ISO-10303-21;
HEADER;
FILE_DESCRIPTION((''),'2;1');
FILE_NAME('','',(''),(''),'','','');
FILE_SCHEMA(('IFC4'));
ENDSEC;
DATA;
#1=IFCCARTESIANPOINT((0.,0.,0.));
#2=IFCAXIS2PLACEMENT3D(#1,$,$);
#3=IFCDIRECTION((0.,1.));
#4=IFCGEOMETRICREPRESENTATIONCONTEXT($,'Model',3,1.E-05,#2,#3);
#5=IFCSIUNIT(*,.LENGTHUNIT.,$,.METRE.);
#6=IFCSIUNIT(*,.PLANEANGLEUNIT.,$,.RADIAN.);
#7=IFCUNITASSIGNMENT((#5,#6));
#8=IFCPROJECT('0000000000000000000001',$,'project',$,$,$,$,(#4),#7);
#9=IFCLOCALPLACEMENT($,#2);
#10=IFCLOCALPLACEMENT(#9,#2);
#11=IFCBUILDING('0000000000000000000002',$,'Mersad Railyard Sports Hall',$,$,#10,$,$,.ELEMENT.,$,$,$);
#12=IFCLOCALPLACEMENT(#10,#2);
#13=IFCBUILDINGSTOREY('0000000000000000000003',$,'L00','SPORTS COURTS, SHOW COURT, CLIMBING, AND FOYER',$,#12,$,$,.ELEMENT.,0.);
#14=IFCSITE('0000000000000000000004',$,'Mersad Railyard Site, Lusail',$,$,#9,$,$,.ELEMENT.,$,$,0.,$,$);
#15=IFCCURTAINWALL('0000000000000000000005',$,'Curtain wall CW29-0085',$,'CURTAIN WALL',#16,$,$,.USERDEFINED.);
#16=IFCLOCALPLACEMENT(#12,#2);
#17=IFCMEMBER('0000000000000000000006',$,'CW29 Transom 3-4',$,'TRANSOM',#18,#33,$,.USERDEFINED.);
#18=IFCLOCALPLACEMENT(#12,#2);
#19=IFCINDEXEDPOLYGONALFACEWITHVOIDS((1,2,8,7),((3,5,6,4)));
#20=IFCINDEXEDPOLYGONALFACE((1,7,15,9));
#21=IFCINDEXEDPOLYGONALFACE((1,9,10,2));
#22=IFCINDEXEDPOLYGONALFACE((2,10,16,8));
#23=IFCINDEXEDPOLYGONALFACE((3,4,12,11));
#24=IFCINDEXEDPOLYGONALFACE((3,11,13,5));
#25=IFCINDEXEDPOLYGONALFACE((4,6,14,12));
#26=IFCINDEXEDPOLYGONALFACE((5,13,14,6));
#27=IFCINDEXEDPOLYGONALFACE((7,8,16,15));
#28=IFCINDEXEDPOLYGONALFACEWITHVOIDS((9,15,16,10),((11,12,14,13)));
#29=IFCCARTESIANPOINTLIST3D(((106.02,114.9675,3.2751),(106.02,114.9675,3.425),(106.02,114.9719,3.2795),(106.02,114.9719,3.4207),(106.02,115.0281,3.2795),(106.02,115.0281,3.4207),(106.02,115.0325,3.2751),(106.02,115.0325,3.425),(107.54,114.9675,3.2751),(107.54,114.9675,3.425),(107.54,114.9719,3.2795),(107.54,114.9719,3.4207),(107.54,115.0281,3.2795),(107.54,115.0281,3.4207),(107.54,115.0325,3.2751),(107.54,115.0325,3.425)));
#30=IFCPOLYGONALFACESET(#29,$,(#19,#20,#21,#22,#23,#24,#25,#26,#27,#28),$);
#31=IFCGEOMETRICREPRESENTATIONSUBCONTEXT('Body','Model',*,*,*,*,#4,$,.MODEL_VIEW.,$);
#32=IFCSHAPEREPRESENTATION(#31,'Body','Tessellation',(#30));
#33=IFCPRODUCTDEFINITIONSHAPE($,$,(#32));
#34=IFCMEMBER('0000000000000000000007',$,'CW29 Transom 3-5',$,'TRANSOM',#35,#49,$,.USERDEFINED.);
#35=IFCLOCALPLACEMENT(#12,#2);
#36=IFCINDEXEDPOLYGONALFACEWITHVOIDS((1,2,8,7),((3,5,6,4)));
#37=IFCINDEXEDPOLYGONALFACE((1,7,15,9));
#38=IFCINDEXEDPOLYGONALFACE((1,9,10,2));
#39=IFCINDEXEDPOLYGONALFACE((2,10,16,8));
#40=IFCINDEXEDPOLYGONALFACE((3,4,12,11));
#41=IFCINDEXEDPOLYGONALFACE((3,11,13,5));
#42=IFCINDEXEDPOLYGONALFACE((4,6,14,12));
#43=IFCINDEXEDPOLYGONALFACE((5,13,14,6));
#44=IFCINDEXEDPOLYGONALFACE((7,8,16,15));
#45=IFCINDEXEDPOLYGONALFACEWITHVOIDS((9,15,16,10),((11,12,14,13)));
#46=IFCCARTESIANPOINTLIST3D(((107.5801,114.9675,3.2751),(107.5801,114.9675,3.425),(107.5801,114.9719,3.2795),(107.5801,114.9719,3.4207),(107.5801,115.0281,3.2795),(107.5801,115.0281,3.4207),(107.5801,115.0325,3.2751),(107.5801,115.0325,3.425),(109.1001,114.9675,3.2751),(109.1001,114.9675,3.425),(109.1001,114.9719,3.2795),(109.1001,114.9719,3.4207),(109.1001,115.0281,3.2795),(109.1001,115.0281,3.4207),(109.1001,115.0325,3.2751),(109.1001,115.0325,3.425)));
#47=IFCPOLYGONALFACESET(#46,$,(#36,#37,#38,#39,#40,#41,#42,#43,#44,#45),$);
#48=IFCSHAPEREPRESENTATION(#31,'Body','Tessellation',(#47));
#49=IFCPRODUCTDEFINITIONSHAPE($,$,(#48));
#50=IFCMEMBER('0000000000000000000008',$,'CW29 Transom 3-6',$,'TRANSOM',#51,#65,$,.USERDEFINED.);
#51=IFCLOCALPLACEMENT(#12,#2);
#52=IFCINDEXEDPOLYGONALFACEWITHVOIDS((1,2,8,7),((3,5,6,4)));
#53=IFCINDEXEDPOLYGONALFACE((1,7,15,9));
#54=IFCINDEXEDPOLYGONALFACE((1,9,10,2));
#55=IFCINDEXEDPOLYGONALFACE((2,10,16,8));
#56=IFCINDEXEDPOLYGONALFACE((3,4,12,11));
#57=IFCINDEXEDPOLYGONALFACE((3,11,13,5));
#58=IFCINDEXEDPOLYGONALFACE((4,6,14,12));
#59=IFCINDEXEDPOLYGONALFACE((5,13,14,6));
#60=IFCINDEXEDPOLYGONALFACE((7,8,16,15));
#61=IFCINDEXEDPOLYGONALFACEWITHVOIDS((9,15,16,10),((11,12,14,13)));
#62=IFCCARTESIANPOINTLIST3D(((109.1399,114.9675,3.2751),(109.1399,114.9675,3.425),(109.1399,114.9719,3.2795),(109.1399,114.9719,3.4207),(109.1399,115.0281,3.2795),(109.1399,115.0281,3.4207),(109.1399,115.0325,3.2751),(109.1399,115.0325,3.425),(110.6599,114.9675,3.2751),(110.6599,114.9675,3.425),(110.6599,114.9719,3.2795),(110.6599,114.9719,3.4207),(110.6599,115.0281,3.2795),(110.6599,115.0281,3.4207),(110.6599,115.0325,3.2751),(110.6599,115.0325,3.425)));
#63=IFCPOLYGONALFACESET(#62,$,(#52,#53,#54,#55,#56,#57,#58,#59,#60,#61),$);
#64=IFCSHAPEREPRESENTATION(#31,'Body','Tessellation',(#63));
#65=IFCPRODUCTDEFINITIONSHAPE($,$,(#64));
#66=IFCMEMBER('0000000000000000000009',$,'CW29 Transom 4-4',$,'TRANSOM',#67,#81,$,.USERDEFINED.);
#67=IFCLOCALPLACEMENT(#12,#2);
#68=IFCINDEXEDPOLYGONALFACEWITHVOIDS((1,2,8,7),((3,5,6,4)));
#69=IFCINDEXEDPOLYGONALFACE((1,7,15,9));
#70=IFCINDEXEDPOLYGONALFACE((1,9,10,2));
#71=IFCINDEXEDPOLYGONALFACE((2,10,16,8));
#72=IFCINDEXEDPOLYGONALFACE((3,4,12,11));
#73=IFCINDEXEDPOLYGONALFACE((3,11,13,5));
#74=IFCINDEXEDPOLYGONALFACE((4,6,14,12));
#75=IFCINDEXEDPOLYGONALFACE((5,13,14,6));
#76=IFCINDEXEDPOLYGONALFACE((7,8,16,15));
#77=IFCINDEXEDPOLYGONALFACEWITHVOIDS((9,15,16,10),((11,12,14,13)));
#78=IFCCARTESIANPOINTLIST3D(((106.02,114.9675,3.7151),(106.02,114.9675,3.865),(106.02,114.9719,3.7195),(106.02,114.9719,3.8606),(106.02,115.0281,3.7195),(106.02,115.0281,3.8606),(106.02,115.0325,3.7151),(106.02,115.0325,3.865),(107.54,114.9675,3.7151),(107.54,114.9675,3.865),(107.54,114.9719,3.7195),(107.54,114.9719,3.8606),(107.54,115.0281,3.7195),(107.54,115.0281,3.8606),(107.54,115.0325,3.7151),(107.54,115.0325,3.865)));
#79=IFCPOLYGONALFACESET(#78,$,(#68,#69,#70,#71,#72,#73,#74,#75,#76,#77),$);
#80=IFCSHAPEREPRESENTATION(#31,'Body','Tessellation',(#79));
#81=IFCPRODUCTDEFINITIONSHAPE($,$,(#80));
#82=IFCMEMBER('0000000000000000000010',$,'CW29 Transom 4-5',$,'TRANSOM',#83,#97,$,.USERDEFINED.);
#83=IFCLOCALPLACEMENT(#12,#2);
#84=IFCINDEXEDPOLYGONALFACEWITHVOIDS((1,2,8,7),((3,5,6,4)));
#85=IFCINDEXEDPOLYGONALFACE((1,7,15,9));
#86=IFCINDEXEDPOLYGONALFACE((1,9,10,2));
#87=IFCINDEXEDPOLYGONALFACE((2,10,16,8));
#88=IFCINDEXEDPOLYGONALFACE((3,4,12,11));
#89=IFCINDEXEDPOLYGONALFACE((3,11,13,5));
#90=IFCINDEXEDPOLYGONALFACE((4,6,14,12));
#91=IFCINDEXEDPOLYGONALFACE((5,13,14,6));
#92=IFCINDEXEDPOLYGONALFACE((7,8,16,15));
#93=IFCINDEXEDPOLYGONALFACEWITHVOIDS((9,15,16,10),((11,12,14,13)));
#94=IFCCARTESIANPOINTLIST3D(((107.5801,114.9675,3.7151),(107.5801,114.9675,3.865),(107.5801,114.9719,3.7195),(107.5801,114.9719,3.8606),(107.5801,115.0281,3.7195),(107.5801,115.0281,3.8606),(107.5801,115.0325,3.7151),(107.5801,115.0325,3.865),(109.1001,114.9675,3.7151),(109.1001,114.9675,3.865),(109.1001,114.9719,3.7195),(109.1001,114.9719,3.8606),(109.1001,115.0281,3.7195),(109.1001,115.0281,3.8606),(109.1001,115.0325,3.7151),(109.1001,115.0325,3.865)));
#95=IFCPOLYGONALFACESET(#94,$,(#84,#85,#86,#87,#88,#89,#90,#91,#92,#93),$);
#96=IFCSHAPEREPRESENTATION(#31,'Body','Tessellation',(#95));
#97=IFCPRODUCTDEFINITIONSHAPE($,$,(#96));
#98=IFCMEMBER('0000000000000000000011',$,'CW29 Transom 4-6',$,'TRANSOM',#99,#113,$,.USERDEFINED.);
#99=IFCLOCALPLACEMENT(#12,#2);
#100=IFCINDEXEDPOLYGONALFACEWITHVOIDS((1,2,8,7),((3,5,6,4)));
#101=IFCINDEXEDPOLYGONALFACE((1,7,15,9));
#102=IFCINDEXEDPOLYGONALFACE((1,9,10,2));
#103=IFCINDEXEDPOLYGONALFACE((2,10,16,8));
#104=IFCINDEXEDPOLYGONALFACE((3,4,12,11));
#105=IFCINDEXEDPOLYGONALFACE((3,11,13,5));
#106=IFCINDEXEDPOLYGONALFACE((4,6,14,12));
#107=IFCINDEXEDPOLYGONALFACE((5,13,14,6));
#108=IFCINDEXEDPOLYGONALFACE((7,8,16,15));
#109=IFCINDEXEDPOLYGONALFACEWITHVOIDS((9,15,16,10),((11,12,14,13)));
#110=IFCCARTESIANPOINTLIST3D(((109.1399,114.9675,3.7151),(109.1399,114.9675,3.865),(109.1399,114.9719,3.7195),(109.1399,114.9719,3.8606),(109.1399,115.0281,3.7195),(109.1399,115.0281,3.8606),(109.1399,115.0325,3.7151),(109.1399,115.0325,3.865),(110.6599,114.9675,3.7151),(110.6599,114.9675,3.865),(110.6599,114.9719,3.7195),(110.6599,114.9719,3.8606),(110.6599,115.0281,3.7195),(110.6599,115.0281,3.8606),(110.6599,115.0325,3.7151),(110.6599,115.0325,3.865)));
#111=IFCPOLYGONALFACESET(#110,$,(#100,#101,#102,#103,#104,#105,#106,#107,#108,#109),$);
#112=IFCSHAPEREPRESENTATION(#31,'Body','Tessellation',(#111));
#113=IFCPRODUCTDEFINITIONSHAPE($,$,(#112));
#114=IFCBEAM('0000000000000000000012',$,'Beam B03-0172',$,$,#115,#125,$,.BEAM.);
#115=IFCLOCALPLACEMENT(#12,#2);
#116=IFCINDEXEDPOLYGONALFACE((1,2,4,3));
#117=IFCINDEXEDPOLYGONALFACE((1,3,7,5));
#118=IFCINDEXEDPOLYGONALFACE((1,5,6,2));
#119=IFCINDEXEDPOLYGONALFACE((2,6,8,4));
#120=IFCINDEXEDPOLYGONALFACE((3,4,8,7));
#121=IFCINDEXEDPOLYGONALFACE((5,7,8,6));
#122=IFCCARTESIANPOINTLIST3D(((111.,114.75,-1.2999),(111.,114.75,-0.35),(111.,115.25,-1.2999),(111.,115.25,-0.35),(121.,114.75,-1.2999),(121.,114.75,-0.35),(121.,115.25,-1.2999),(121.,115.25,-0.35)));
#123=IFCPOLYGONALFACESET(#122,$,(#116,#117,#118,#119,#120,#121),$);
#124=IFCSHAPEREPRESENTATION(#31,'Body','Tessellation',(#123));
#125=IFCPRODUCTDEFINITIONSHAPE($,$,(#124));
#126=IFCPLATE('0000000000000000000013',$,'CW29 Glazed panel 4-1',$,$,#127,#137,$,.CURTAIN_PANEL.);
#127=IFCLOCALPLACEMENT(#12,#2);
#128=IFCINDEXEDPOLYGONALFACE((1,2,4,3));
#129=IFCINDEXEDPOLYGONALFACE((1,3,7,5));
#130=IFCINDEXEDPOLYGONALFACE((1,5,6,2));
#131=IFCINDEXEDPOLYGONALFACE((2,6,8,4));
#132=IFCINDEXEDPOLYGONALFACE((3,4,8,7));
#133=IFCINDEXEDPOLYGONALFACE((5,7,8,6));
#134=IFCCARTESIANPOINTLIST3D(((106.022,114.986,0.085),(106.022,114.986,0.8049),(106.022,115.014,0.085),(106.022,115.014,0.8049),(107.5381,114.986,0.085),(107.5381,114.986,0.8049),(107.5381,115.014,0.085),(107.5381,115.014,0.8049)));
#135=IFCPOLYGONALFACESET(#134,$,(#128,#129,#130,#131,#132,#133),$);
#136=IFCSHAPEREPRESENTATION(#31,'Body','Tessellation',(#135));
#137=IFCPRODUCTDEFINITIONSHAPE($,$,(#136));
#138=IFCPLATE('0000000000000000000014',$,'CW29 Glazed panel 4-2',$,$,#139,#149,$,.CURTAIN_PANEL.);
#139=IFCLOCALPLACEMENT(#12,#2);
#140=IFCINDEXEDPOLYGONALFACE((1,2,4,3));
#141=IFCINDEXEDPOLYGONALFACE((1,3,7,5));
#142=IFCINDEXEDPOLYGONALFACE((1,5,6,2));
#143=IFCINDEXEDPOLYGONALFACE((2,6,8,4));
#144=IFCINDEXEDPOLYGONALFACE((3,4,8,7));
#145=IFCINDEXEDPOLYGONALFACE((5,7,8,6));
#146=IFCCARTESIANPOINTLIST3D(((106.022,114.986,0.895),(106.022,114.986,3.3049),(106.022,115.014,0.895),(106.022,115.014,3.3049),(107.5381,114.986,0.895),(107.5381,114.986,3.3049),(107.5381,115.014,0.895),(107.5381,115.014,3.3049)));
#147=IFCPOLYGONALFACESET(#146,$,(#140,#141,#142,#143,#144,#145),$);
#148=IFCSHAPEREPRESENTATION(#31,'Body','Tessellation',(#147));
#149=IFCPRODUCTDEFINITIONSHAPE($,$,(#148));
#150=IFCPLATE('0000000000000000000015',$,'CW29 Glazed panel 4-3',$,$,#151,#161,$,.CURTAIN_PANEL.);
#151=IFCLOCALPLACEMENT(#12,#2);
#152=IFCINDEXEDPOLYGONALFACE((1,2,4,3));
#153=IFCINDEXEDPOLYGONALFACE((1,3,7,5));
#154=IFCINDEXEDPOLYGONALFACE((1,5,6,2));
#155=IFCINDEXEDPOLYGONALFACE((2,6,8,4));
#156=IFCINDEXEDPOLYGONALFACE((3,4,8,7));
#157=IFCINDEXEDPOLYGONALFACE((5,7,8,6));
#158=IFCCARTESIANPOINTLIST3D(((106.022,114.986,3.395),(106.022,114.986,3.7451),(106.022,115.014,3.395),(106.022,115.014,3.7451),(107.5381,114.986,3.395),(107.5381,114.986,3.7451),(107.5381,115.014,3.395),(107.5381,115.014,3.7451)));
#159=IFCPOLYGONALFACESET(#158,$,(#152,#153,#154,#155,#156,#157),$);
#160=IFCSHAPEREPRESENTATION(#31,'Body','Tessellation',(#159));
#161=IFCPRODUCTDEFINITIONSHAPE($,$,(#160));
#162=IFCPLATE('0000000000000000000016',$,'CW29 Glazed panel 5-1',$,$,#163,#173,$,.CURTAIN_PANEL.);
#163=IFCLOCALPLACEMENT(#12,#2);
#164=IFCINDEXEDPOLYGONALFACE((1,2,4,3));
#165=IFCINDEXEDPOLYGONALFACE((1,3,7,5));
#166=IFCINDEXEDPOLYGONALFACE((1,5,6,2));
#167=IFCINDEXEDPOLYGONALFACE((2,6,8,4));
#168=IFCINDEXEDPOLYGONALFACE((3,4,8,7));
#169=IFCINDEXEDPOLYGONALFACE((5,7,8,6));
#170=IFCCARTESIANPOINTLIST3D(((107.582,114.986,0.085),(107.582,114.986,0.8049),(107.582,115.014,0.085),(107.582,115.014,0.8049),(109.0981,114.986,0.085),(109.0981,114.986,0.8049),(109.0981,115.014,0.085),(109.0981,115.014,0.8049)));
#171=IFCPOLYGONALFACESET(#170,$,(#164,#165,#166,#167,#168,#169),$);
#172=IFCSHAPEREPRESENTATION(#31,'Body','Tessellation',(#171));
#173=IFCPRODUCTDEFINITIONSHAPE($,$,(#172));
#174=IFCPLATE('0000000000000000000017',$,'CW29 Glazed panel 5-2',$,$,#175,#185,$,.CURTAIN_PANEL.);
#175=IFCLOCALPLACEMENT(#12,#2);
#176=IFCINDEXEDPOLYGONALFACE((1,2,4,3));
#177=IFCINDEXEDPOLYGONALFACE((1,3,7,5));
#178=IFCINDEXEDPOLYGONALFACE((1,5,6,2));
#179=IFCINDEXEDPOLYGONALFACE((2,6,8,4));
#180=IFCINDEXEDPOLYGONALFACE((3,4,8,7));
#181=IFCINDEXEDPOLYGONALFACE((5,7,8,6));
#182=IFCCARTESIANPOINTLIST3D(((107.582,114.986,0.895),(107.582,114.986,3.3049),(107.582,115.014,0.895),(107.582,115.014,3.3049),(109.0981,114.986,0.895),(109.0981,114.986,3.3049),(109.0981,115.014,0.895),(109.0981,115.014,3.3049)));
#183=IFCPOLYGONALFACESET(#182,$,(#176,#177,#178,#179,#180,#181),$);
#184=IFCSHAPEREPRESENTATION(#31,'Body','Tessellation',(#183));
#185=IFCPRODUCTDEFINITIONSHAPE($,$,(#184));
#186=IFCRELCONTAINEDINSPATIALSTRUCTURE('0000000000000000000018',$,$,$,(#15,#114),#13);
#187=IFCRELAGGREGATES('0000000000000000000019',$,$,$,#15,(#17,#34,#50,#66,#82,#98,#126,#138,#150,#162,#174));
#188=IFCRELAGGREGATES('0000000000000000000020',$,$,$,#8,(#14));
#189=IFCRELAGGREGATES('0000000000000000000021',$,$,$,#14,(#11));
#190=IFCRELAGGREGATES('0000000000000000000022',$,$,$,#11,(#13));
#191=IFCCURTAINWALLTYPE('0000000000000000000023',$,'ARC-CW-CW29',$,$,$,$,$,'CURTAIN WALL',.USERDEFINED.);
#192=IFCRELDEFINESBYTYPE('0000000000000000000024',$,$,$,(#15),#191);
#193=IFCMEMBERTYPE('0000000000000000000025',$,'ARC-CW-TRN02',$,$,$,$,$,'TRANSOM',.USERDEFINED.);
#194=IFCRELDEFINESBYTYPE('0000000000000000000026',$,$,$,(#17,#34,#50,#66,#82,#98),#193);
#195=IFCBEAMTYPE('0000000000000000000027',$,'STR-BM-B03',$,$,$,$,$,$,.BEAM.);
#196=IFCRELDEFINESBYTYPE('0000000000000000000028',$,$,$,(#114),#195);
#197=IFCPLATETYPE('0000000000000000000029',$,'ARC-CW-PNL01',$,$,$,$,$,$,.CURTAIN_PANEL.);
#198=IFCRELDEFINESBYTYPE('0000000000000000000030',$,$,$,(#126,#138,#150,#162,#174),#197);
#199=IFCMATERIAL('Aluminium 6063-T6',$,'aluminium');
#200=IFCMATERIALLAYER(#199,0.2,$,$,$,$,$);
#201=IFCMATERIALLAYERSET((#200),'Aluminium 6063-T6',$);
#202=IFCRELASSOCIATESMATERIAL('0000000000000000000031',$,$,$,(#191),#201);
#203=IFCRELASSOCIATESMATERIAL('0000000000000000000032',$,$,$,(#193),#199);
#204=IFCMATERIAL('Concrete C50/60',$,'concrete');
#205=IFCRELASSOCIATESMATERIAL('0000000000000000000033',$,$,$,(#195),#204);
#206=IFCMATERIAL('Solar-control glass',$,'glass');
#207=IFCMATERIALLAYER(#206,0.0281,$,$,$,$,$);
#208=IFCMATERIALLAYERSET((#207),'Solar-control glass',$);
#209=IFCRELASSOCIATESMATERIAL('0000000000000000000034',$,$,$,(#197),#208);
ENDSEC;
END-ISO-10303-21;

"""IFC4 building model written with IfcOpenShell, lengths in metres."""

from ifc_helpers import new_model, si_unit, direction, frame, origin, origin_2d, place, context, subcontext, project, spatial, rectangle, hollow_rectangle, extrude, material, layer, layer_set, material_profile, profile_set, type_object, element, aggregate, save


model = new_model("IFC4")

# Units and contexts
model_context = context("Model", 3, precision=1e-05, world=origin(), true_north=direction((0.0, 1.0)))
body_context = subcontext(model_context, "Body", "Model", "MODEL_VIEW")
ifc_project = project(units=[si_unit("LENGTHUNIT", "METRE"), si_unit("PLANEANGLEUNIT", "RADIAN")], contexts=[model_context])

# Site, building, storey
site_placement = place(None, origin())
site = spatial("IfcSite", under=ifc_project, at=site_placement, Name="Mersad Railyard Site, Lusail", CompositionType="ELEMENT", RefElevation=0.0)
building_placement = place(site_placement, origin())
building = spatial("IfcBuilding", under=site, at=building_placement, Name="Mersad Railyard Sports Hall", CompositionType="ELEMENT")
storey_placement = place(building_placement, origin())
storey = spatial("IfcBuildingStorey", under=building, at=storey_placement, Name="L00", Description="SPORTS COURTS, SHOW COURT, CLIMBING, AND FOYER", CompositionType="ELEMENT", Elevation=0.0)

# Shared definitions
ifc_material_1 = material(Name="Concrete C50/60", Category="concrete")

# Curtain wall, members
ifc_material_2 = material(Name="Aluminium 6063-T6", Category="aluminium")
ifc_layer_1 = layer(ifc_material_2, 0.2)
ifc_layer_set_1 = layer_set([ifc_layer_1], Name="Aluminium 6063-T6")
curtain_wall_type = type_object("IfcCurtainWallType", Name="ARC-CW-CW29", ElementType="CURTAIN WALL", PredefinedType="USERDEFINED", material=ifc_layer_set_1)
curtain_wall_placement = place(storey_placement, origin())
curtain_wall = element("IfcCurtainWall", 1, at=curtain_wall_placement, inside=storey, type_object=curtain_wall_type, Name="Curtain wall CW29-0085", ObjectType="CURTAIN WALL", PredefinedType="USERDEFINED")
ifc_material_profile_1 = material_profile(ifc_material_2, hollow_rectangle(XDim=0.0649, YDim=0.1499, WallThickness=0.0044, at=origin_2d()), Name="AL TRANSOM 65x150x4.5")
ifc_profile_set_1 = profile_set([ifc_material_profile_1], Name="Aluminium 6063-T6")
member_type_1 = type_object("IfcMemberType", Name="ARC-CW-TRN02", ElementType="TRANSOM", PredefinedType="USERDEFINED", material=ifc_profile_set_1)
member_1_placement = place(storey_placement, frame((106.02, 115.0, 3.3501), z_axis=(1.0, 0.0, 0.0), x_axis=(0.0, 1.0, 0.0)))
member_1 = element("IfcMember", 2, at=member_1_placement, type_object=member_type_1, Name="CW29 Transom 3-4", ObjectType="TRANSOM", PredefinedType="USERDEFINED", context=body_context, shape_type="SweptSolid", body=[
    extrude(hollow_rectangle(XDim=0.0649, YDim=0.1499, WallThickness=0.0044, at=origin_2d()), origin(), (0.0, 0.0, 1.0), 1.52),
])
member_2_placement = place(storey_placement, frame((107.5801, 115.0, 3.3501), z_axis=(1.0, 0.0, 0.0), x_axis=(0.0, 1.0, 0.0)))
member_2 = element("IfcMember", 3, at=member_2_placement, type_object=member_type_1, Name="CW29 Transom 3-5", ObjectType="TRANSOM", PredefinedType="USERDEFINED", context=body_context, shape_type="SweptSolid", body=[
    extrude(hollow_rectangle(XDim=0.0649, YDim=0.1499, WallThickness=0.0044, at=origin_2d()), origin(), (0.0, 0.0, 1.0), 1.52),
])
member_3_placement = place(storey_placement, frame((109.1399, 115.0, 3.3501), z_axis=(1.0, 0.0, 0.0), x_axis=(0.0, 1.0, 0.0)))
member_3 = element("IfcMember", 4, at=member_3_placement, type_object=member_type_1, Name="CW29 Transom 3-6", ObjectType="TRANSOM", PredefinedType="USERDEFINED", context=body_context, shape_type="SweptSolid", body=[
    extrude(hollow_rectangle(XDim=0.0649, YDim=0.1499, WallThickness=0.0044, at=origin_2d()), origin(), (0.0, 0.0, 1.0), 1.52),
])
member_4_placement = place(storey_placement, frame((106.02, 115.0, 3.79), z_axis=(1.0, 0.0, 0.0), x_axis=(0.0, 1.0, 0.0)))
member_4 = element("IfcMember", 5, at=member_4_placement, type_object=member_type_1, Name="CW29 Transom 4-4", ObjectType="TRANSOM", PredefinedType="USERDEFINED", context=body_context, shape_type="SweptSolid", body=[
    extrude(hollow_rectangle(XDim=0.0649, YDim=0.1499, WallThickness=0.0044, at=origin_2d()), origin(), (0.0, 0.0, 1.0), 1.52),
])
member_5_placement = place(storey_placement, frame((107.5801, 115.0, 3.79), z_axis=(1.0, 0.0, 0.0), x_axis=(0.0, 1.0, 0.0)))
member_5 = element("IfcMember", 6, at=member_5_placement, type_object=member_type_1, Name="CW29 Transom 4-5", ObjectType="TRANSOM", PredefinedType="USERDEFINED", context=body_context, shape_type="SweptSolid", body=[
    extrude(hollow_rectangle(XDim=0.0649, YDim=0.1499, WallThickness=0.0044, at=origin_2d()), origin(), (0.0, 0.0, 1.0), 1.52),
])
member_6_placement = place(storey_placement, frame((109.1399, 115.0, 3.79), z_axis=(1.0, 0.0, 0.0), x_axis=(0.0, 1.0, 0.0)))
member_6 = element("IfcMember", 7, at=member_6_placement, type_object=member_type_1, Name="CW29 Transom 4-6", ObjectType="TRANSOM", PredefinedType="USERDEFINED", context=body_context, shape_type="SweptSolid", body=[
    extrude(hollow_rectangle(XDim=0.0649, YDim=0.1499, WallThickness=0.0044, at=origin_2d()), origin(), (0.0, 0.0, 1.0), 1.52),
])

# Beam
ifc_material_profile_2 = material_profile(ifc_material_1, rectangle(XDim=0.5, YDim=0.95, at=origin_2d()), Name="RC 500x950")
ifc_profile_set_2 = profile_set([ifc_material_profile_2], Name="Concrete C50/60")
beam_type = type_object("IfcBeamType", Name="STR-BM-B03", PredefinedType="BEAM", material=ifc_profile_set_2)
beam_placement = place(storey_placement, frame((111.0, 115.0, -0.825), z_axis=(1.0, 0.0, 0.0), x_axis=(0.0, 1.0, 0.0)))
element("IfcBeam", 8, at=beam_placement, inside=storey, type_object=beam_type, Name="Beam B03-0172", PredefinedType="BEAM", context=body_context, shape_type="SweptSolid", body=[
    extrude(rectangle(XDim=0.5, YDim=0.95, at=origin_2d()), origin(), (0.0, 0.0, 1.0), 10.0),
])

# Plates
ifc_material_3 = material(Name="Solar-control glass", Category="glass")
ifc_layer_2 = layer(ifc_material_3, 0.0281)
ifc_layer_set_2 = layer_set([ifc_layer_2], Name="Solar-control glass")
plate_type = type_object("IfcPlateType", Name="ARC-CW-PNL01", PredefinedType="CURTAIN_PANEL", material=ifc_layer_set_2)
plate_1_placement = place(storey_placement, frame((106.78, 115.0, 0.085), z_axis=(0.0, 0.0, 1.0), x_axis=(1.0, 0.0, 0.0)))
plate_1 = element("IfcPlate", 9, at=plate_1_placement, type_object=plate_type, Name="CW29 Glazed panel 4-1", PredefinedType="CURTAIN_PANEL", context=body_context, shape_type="SweptSolid", body=[
    extrude(rectangle(XDim=1.5161, YDim=0.0281, at=origin_2d()), origin(), (0.0, 0.0, 1.0), 0.72),
])
plate_2_placement = place(storey_placement, frame((106.78, 115.0, 0.895), z_axis=(0.0, 0.0, 1.0), x_axis=(1.0, 0.0, 0.0)))
plate_2 = element("IfcPlate", 10, at=plate_2_placement, type_object=plate_type, Name="CW29 Glazed panel 4-2", PredefinedType="CURTAIN_PANEL", context=body_context, shape_type="SweptSolid", body=[
    extrude(rectangle(XDim=1.5161, YDim=0.0281, at=origin_2d()), origin(), (0.0, 0.0, 1.0), 2.4099),
])
plate_3_placement = place(storey_placement, frame((106.78, 115.0, 3.395), z_axis=(0.0, 0.0, 1.0), x_axis=(1.0, 0.0, 0.0)))
plate_3 = element("IfcPlate", 11, at=plate_3_placement, type_object=plate_type, Name="CW29 Glazed panel 4-3", PredefinedType="CURTAIN_PANEL", context=body_context, shape_type="SweptSolid", body=[
    extrude(rectangle(XDim=1.5161, YDim=0.0281, at=origin_2d()), origin(), (0.0, 0.0, 1.0), 0.3501),
])
plate_4_placement = place(storey_placement, frame((108.3401, 115.0, 0.085), z_axis=(0.0, 0.0, 1.0), x_axis=(1.0, 0.0, 0.0)))
plate_4 = element("IfcPlate", 12, at=plate_4_placement, type_object=plate_type, Name="CW29 Glazed panel 5-1", PredefinedType="CURTAIN_PANEL", context=body_context, shape_type="SweptSolid", body=[
    extrude(rectangle(XDim=1.5161, YDim=0.0281, at=origin_2d()), origin(), (0.0, 0.0, 1.0), 0.72),
])
plate_5_placement = place(storey_placement, frame((108.3401, 115.0, 0.895), z_axis=(0.0, 0.0, 1.0), x_axis=(1.0, 0.0, 0.0)))
plate_5 = element("IfcPlate", 13, at=plate_5_placement, type_object=plate_type, Name="CW29 Glazed panel 5-2", PredefinedType="CURTAIN_PANEL", context=body_context, shape_type="SweptSolid", body=[
    extrude(rectangle(XDim=1.5161, YDim=0.0281, at=origin_2d()), origin(), (0.0, 0.0, 1.0), 2.4099),
])
aggregate(curtain_wall, [member_1, member_2, member_3, member_4, member_5, member_6, plate_1, plate_2, plate_3, plate_4, plate_5])

save(model, "model.ifc")
